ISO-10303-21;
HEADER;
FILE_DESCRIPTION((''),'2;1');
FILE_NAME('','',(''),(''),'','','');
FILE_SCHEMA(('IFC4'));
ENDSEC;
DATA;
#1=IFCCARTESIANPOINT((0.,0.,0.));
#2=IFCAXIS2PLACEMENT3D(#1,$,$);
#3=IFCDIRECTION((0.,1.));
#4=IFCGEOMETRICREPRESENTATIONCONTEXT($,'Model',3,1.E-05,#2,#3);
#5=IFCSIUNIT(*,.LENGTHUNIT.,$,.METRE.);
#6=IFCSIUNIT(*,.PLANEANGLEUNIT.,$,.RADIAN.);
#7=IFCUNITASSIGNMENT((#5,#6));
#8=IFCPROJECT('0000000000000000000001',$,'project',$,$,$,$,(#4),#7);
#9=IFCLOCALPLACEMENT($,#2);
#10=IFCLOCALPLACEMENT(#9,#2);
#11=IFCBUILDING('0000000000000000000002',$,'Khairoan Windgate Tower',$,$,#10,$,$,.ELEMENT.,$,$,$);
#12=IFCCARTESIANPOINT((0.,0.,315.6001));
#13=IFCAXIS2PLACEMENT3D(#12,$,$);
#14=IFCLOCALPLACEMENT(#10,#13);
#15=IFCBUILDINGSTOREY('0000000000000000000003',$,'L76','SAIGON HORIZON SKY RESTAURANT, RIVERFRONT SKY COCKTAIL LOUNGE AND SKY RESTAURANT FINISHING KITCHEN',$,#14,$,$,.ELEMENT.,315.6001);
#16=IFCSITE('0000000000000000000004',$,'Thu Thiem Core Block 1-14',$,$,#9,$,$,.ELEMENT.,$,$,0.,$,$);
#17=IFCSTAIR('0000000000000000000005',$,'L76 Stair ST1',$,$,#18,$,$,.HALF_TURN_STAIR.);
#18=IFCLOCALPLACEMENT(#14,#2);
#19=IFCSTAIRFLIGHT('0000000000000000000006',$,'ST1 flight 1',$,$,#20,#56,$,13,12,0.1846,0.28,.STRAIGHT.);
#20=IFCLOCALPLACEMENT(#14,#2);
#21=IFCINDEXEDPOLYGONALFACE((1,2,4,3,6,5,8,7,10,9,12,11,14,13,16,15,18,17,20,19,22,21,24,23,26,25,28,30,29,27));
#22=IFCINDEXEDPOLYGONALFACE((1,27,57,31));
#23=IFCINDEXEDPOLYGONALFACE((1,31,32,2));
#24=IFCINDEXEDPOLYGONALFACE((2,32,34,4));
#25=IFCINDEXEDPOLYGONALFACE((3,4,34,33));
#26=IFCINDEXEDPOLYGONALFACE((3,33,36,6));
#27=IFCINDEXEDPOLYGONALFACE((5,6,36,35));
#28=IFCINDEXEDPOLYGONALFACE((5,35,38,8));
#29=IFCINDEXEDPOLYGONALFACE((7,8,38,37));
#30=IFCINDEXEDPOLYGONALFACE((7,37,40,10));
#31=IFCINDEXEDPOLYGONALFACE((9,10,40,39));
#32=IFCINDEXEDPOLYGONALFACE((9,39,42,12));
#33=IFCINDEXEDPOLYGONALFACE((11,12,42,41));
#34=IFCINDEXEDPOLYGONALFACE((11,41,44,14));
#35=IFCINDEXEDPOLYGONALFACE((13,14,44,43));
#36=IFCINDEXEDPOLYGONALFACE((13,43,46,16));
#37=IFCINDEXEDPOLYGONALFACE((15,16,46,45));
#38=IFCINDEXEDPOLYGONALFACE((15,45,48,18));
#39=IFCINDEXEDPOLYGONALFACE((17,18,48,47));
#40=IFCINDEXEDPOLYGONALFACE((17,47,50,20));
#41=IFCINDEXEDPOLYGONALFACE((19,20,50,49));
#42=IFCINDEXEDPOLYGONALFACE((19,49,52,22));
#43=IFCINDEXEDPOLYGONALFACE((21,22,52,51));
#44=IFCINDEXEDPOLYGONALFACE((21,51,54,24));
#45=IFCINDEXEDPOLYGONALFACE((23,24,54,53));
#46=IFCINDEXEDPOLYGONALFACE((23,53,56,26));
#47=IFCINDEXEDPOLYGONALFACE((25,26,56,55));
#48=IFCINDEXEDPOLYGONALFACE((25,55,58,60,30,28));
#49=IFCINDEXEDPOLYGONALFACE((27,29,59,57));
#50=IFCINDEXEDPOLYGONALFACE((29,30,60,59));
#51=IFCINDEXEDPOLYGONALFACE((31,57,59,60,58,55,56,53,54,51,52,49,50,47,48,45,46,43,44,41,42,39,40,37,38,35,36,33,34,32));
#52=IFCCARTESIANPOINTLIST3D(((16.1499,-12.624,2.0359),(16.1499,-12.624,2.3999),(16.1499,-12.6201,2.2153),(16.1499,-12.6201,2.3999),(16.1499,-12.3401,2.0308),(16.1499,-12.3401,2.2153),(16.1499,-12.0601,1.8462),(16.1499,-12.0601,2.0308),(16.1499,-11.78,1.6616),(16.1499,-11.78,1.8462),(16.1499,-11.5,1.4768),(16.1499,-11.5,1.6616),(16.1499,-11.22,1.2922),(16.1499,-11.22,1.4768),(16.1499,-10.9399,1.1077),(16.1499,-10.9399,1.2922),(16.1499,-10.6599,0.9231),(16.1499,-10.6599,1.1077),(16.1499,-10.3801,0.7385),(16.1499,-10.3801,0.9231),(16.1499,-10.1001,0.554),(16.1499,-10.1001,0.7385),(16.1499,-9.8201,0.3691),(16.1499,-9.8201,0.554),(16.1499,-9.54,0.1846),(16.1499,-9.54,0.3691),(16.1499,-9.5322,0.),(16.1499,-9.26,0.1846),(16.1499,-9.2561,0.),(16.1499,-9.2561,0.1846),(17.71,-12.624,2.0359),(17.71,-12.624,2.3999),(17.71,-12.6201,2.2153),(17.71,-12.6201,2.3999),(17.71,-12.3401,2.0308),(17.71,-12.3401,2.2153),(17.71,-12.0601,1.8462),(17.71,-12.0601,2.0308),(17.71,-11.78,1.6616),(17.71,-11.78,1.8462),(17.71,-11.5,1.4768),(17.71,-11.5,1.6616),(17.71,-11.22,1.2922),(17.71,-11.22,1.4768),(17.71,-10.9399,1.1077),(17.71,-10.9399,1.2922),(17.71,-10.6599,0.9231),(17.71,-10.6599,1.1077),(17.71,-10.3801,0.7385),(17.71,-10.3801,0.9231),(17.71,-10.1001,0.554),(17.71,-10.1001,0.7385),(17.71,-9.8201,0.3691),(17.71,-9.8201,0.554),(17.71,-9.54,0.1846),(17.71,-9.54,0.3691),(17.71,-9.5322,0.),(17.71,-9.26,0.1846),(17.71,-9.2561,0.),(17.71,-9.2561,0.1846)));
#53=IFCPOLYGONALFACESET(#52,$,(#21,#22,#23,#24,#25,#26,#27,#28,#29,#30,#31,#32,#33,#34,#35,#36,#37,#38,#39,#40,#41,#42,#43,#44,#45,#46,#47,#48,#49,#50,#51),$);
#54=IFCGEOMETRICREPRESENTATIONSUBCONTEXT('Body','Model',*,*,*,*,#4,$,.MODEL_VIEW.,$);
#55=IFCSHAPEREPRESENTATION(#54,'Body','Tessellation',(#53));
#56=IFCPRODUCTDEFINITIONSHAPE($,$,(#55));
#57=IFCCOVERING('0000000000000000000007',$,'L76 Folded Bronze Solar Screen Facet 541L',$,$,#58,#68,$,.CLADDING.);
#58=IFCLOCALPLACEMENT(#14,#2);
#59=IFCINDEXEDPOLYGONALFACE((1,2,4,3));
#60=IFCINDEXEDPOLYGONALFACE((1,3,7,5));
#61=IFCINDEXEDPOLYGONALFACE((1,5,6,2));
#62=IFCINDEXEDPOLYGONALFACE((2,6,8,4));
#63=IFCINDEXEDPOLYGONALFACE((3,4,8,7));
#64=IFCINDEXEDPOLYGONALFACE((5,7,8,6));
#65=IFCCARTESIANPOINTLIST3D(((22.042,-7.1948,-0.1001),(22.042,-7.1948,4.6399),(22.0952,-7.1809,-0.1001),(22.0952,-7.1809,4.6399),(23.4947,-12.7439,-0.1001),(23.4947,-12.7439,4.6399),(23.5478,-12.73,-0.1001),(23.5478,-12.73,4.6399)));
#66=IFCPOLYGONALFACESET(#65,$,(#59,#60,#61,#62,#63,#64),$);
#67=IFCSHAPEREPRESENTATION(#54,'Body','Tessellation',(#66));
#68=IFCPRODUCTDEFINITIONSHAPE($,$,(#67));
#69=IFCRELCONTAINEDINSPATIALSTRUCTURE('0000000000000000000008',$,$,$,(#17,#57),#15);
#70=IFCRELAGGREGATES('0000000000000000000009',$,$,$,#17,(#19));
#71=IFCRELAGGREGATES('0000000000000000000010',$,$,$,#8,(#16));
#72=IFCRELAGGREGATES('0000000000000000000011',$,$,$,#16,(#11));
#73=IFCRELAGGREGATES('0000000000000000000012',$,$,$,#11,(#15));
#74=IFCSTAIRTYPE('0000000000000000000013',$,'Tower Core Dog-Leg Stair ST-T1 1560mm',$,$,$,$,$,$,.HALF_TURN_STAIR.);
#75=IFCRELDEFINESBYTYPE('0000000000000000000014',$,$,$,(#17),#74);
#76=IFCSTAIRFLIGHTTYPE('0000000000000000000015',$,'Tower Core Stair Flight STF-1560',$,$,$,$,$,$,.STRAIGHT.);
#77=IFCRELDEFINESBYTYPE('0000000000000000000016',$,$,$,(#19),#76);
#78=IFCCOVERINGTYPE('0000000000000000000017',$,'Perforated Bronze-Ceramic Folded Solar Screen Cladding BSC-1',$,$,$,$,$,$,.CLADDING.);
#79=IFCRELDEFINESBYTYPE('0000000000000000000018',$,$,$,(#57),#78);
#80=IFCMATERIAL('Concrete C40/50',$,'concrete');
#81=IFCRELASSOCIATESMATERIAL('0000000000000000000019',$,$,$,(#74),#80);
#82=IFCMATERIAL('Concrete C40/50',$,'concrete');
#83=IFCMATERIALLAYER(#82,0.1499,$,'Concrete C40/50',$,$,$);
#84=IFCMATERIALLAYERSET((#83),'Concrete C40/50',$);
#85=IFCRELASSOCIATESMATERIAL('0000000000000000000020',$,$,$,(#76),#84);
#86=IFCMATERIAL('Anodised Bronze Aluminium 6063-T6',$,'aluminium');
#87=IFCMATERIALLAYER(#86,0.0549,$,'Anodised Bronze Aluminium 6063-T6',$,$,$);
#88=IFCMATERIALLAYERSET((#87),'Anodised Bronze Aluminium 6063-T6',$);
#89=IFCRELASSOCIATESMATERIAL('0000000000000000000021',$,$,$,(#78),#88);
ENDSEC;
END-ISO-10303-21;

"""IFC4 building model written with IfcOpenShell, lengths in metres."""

from ifc_helpers import new_model, si_unit, direction, frame, origin, origin_2d, place, context, subcontext, project, spatial, polyline, rectangle, outline, extrude, material, layer, layer_set, type_object, element, aggregate, save


model = new_model("IFC4")

# Units and contexts
model_context = context("Model", 3, precision=1e-05, world=origin(), true_north=direction((0.0, 1.0)))
body_context = subcontext(model_context, "Body", "Model", "MODEL_VIEW")
ifc_project = project(units=[si_unit("LENGTHUNIT", "METRE"), si_unit("PLANEANGLEUNIT", "RADIAN")], contexts=[model_context])

# Site, building, storey
site_placement = place(None, origin())
site = spatial("IfcSite", under=ifc_project, at=site_placement, Name="Thu Thiem Core Block 1-14", CompositionType="ELEMENT", RefElevation=0.0)
building_placement = place(site_placement, origin())
building = spatial("IfcBuilding", under=site, at=building_placement, Name="Khairoan Windgate Tower", CompositionType="ELEMENT")
storey_placement = place(building_placement, frame((0.0, 0.0, 315.6001)))
storey = spatial("IfcBuildingStorey", under=building, at=storey_placement, Name="L76", Description="SAIGON HORIZON SKY RESTAURANT, RIVERFRONT SKY COCKTAIL LOUNGE AND SKY RESTAURANT FINISHING KITCHEN", CompositionType="ELEMENT", Elevation=315.6001)

# Stair, stair flight
ifc_material_1 = material(Name="Concrete C40/50", Category="concrete")
stair_type = type_object("IfcStairType", Name="Tower Core Dog-Leg Stair ST-T1 1560mm", PredefinedType="HALF_TURN_STAIR", material=ifc_material_1)
stair_placement = place(storey_placement, origin())
stair = element("IfcStair", 1, at=stair_placement, inside=storey, type_object=stair_type, Name="L76 Stair ST1", PredefinedType="HALF_TURN_STAIR")
ifc_material_2 = material(Name="Concrete C40/50", Category="concrete")
ifc_layer_1 = layer(ifc_material_2, 0.1499, Name="Concrete C40/50")
ifc_layer_set_1 = layer_set([ifc_layer_1], Name="Concrete C40/50")
stair_flight_type = type_object("IfcStairFlightType", Name="Tower Core Stair Flight STF-1560", PredefinedType="STRAIGHT", material=ifc_layer_set_1)
stair_flight_placement = place(storey_placement, frame((16.9299, -9.26, 0.0), z_axis=(0.0, 0.0, 1.0), x_axis=(0.0, -1.0, 0.0)))
stair_flight = element("IfcStairFlight", 2, at=stair_flight_placement, type_object=stair_flight_type, Name="ST1 flight 1", NumberOfRisers=13, NumberOfTreads=12, PredefinedType="STRAIGHT", RiserHeight=0.1846, TreadLength=0.28, context=body_context, shape_type="SweptSolid", body=[
    extrude(outline(polyline([(-0.0039, 0.0), (-0.0039, 0.1846), (0.0, 0.1846), (0.28, 0.1846), (0.28, 0.3691), (0.5601, 0.3691), (0.5601, 0.554), (0.8401, 0.554), (0.8401, 0.7385), (1.1201, 0.7385), (1.1201, 0.9231), (1.3999, 0.9231), (1.3999, 1.1077), (1.6799, 1.1077), (1.6799, 1.2922), (1.96, 1.2922), (1.96, 1.4768), (2.24, 1.4768), (2.24, 1.6616), (2.52, 1.6616), (2.52, 1.8462), (2.8, 1.8462), (2.8, 2.0308), (3.0801, 2.0308), (3.0801, 2.2153), (3.3601, 2.2153), (3.3601, 2.3999), (3.364, 2.3999), (3.364, 2.0359), (0.2722, 0.0), (-0.0039, 0.0)])), frame((0.0, 0.78, 0.0), z_axis=(0.0, -1.0, 0.0), x_axis=(1.0, 0.0, 0.0)), (0.0, 0.0, 1.0), 1.5601),
])
aggregate(stair, [stair_flight])

# Covering
ifc_material_3 = material(Name="Anodised Bronze Aluminium 6063-T6", Category="aluminium")
ifc_layer_2 = layer(ifc_material_3, 0.0549, Name="Anodised Bronze Aluminium 6063-T6")
ifc_layer_set_2 = layer_set([ifc_layer_2], Name="Anodised Bronze Aluminium 6063-T6")
covering_type = type_object("IfcCoveringType", Name="Perforated Bronze-Ceramic Folded Solar Screen Cladding BSC-1", PredefinedType="CLADDING", material=ifc_layer_set_2)
covering_placement = place(storey_placement, frame((22.7949, -9.9624, -0.1001), z_axis=(0.0, 0.0, 1.0), x_axis=(0.253251, -0.9674, 0.0)))
element("IfcCovering", 3, at=covering_placement, inside=storey, type_object=covering_type, Name="L76 Folded Bronze Solar Screen Facet 541L", PredefinedType="CLADDING", context=body_context, shape_type="SweptSolid", body=[
    extrude(rectangle(XDim=5.7361, YDim=0.0549, at=origin_2d()), origin(), (0.0, 0.0, 1.0), 4.74),
])

save(model, "model.ifc")
